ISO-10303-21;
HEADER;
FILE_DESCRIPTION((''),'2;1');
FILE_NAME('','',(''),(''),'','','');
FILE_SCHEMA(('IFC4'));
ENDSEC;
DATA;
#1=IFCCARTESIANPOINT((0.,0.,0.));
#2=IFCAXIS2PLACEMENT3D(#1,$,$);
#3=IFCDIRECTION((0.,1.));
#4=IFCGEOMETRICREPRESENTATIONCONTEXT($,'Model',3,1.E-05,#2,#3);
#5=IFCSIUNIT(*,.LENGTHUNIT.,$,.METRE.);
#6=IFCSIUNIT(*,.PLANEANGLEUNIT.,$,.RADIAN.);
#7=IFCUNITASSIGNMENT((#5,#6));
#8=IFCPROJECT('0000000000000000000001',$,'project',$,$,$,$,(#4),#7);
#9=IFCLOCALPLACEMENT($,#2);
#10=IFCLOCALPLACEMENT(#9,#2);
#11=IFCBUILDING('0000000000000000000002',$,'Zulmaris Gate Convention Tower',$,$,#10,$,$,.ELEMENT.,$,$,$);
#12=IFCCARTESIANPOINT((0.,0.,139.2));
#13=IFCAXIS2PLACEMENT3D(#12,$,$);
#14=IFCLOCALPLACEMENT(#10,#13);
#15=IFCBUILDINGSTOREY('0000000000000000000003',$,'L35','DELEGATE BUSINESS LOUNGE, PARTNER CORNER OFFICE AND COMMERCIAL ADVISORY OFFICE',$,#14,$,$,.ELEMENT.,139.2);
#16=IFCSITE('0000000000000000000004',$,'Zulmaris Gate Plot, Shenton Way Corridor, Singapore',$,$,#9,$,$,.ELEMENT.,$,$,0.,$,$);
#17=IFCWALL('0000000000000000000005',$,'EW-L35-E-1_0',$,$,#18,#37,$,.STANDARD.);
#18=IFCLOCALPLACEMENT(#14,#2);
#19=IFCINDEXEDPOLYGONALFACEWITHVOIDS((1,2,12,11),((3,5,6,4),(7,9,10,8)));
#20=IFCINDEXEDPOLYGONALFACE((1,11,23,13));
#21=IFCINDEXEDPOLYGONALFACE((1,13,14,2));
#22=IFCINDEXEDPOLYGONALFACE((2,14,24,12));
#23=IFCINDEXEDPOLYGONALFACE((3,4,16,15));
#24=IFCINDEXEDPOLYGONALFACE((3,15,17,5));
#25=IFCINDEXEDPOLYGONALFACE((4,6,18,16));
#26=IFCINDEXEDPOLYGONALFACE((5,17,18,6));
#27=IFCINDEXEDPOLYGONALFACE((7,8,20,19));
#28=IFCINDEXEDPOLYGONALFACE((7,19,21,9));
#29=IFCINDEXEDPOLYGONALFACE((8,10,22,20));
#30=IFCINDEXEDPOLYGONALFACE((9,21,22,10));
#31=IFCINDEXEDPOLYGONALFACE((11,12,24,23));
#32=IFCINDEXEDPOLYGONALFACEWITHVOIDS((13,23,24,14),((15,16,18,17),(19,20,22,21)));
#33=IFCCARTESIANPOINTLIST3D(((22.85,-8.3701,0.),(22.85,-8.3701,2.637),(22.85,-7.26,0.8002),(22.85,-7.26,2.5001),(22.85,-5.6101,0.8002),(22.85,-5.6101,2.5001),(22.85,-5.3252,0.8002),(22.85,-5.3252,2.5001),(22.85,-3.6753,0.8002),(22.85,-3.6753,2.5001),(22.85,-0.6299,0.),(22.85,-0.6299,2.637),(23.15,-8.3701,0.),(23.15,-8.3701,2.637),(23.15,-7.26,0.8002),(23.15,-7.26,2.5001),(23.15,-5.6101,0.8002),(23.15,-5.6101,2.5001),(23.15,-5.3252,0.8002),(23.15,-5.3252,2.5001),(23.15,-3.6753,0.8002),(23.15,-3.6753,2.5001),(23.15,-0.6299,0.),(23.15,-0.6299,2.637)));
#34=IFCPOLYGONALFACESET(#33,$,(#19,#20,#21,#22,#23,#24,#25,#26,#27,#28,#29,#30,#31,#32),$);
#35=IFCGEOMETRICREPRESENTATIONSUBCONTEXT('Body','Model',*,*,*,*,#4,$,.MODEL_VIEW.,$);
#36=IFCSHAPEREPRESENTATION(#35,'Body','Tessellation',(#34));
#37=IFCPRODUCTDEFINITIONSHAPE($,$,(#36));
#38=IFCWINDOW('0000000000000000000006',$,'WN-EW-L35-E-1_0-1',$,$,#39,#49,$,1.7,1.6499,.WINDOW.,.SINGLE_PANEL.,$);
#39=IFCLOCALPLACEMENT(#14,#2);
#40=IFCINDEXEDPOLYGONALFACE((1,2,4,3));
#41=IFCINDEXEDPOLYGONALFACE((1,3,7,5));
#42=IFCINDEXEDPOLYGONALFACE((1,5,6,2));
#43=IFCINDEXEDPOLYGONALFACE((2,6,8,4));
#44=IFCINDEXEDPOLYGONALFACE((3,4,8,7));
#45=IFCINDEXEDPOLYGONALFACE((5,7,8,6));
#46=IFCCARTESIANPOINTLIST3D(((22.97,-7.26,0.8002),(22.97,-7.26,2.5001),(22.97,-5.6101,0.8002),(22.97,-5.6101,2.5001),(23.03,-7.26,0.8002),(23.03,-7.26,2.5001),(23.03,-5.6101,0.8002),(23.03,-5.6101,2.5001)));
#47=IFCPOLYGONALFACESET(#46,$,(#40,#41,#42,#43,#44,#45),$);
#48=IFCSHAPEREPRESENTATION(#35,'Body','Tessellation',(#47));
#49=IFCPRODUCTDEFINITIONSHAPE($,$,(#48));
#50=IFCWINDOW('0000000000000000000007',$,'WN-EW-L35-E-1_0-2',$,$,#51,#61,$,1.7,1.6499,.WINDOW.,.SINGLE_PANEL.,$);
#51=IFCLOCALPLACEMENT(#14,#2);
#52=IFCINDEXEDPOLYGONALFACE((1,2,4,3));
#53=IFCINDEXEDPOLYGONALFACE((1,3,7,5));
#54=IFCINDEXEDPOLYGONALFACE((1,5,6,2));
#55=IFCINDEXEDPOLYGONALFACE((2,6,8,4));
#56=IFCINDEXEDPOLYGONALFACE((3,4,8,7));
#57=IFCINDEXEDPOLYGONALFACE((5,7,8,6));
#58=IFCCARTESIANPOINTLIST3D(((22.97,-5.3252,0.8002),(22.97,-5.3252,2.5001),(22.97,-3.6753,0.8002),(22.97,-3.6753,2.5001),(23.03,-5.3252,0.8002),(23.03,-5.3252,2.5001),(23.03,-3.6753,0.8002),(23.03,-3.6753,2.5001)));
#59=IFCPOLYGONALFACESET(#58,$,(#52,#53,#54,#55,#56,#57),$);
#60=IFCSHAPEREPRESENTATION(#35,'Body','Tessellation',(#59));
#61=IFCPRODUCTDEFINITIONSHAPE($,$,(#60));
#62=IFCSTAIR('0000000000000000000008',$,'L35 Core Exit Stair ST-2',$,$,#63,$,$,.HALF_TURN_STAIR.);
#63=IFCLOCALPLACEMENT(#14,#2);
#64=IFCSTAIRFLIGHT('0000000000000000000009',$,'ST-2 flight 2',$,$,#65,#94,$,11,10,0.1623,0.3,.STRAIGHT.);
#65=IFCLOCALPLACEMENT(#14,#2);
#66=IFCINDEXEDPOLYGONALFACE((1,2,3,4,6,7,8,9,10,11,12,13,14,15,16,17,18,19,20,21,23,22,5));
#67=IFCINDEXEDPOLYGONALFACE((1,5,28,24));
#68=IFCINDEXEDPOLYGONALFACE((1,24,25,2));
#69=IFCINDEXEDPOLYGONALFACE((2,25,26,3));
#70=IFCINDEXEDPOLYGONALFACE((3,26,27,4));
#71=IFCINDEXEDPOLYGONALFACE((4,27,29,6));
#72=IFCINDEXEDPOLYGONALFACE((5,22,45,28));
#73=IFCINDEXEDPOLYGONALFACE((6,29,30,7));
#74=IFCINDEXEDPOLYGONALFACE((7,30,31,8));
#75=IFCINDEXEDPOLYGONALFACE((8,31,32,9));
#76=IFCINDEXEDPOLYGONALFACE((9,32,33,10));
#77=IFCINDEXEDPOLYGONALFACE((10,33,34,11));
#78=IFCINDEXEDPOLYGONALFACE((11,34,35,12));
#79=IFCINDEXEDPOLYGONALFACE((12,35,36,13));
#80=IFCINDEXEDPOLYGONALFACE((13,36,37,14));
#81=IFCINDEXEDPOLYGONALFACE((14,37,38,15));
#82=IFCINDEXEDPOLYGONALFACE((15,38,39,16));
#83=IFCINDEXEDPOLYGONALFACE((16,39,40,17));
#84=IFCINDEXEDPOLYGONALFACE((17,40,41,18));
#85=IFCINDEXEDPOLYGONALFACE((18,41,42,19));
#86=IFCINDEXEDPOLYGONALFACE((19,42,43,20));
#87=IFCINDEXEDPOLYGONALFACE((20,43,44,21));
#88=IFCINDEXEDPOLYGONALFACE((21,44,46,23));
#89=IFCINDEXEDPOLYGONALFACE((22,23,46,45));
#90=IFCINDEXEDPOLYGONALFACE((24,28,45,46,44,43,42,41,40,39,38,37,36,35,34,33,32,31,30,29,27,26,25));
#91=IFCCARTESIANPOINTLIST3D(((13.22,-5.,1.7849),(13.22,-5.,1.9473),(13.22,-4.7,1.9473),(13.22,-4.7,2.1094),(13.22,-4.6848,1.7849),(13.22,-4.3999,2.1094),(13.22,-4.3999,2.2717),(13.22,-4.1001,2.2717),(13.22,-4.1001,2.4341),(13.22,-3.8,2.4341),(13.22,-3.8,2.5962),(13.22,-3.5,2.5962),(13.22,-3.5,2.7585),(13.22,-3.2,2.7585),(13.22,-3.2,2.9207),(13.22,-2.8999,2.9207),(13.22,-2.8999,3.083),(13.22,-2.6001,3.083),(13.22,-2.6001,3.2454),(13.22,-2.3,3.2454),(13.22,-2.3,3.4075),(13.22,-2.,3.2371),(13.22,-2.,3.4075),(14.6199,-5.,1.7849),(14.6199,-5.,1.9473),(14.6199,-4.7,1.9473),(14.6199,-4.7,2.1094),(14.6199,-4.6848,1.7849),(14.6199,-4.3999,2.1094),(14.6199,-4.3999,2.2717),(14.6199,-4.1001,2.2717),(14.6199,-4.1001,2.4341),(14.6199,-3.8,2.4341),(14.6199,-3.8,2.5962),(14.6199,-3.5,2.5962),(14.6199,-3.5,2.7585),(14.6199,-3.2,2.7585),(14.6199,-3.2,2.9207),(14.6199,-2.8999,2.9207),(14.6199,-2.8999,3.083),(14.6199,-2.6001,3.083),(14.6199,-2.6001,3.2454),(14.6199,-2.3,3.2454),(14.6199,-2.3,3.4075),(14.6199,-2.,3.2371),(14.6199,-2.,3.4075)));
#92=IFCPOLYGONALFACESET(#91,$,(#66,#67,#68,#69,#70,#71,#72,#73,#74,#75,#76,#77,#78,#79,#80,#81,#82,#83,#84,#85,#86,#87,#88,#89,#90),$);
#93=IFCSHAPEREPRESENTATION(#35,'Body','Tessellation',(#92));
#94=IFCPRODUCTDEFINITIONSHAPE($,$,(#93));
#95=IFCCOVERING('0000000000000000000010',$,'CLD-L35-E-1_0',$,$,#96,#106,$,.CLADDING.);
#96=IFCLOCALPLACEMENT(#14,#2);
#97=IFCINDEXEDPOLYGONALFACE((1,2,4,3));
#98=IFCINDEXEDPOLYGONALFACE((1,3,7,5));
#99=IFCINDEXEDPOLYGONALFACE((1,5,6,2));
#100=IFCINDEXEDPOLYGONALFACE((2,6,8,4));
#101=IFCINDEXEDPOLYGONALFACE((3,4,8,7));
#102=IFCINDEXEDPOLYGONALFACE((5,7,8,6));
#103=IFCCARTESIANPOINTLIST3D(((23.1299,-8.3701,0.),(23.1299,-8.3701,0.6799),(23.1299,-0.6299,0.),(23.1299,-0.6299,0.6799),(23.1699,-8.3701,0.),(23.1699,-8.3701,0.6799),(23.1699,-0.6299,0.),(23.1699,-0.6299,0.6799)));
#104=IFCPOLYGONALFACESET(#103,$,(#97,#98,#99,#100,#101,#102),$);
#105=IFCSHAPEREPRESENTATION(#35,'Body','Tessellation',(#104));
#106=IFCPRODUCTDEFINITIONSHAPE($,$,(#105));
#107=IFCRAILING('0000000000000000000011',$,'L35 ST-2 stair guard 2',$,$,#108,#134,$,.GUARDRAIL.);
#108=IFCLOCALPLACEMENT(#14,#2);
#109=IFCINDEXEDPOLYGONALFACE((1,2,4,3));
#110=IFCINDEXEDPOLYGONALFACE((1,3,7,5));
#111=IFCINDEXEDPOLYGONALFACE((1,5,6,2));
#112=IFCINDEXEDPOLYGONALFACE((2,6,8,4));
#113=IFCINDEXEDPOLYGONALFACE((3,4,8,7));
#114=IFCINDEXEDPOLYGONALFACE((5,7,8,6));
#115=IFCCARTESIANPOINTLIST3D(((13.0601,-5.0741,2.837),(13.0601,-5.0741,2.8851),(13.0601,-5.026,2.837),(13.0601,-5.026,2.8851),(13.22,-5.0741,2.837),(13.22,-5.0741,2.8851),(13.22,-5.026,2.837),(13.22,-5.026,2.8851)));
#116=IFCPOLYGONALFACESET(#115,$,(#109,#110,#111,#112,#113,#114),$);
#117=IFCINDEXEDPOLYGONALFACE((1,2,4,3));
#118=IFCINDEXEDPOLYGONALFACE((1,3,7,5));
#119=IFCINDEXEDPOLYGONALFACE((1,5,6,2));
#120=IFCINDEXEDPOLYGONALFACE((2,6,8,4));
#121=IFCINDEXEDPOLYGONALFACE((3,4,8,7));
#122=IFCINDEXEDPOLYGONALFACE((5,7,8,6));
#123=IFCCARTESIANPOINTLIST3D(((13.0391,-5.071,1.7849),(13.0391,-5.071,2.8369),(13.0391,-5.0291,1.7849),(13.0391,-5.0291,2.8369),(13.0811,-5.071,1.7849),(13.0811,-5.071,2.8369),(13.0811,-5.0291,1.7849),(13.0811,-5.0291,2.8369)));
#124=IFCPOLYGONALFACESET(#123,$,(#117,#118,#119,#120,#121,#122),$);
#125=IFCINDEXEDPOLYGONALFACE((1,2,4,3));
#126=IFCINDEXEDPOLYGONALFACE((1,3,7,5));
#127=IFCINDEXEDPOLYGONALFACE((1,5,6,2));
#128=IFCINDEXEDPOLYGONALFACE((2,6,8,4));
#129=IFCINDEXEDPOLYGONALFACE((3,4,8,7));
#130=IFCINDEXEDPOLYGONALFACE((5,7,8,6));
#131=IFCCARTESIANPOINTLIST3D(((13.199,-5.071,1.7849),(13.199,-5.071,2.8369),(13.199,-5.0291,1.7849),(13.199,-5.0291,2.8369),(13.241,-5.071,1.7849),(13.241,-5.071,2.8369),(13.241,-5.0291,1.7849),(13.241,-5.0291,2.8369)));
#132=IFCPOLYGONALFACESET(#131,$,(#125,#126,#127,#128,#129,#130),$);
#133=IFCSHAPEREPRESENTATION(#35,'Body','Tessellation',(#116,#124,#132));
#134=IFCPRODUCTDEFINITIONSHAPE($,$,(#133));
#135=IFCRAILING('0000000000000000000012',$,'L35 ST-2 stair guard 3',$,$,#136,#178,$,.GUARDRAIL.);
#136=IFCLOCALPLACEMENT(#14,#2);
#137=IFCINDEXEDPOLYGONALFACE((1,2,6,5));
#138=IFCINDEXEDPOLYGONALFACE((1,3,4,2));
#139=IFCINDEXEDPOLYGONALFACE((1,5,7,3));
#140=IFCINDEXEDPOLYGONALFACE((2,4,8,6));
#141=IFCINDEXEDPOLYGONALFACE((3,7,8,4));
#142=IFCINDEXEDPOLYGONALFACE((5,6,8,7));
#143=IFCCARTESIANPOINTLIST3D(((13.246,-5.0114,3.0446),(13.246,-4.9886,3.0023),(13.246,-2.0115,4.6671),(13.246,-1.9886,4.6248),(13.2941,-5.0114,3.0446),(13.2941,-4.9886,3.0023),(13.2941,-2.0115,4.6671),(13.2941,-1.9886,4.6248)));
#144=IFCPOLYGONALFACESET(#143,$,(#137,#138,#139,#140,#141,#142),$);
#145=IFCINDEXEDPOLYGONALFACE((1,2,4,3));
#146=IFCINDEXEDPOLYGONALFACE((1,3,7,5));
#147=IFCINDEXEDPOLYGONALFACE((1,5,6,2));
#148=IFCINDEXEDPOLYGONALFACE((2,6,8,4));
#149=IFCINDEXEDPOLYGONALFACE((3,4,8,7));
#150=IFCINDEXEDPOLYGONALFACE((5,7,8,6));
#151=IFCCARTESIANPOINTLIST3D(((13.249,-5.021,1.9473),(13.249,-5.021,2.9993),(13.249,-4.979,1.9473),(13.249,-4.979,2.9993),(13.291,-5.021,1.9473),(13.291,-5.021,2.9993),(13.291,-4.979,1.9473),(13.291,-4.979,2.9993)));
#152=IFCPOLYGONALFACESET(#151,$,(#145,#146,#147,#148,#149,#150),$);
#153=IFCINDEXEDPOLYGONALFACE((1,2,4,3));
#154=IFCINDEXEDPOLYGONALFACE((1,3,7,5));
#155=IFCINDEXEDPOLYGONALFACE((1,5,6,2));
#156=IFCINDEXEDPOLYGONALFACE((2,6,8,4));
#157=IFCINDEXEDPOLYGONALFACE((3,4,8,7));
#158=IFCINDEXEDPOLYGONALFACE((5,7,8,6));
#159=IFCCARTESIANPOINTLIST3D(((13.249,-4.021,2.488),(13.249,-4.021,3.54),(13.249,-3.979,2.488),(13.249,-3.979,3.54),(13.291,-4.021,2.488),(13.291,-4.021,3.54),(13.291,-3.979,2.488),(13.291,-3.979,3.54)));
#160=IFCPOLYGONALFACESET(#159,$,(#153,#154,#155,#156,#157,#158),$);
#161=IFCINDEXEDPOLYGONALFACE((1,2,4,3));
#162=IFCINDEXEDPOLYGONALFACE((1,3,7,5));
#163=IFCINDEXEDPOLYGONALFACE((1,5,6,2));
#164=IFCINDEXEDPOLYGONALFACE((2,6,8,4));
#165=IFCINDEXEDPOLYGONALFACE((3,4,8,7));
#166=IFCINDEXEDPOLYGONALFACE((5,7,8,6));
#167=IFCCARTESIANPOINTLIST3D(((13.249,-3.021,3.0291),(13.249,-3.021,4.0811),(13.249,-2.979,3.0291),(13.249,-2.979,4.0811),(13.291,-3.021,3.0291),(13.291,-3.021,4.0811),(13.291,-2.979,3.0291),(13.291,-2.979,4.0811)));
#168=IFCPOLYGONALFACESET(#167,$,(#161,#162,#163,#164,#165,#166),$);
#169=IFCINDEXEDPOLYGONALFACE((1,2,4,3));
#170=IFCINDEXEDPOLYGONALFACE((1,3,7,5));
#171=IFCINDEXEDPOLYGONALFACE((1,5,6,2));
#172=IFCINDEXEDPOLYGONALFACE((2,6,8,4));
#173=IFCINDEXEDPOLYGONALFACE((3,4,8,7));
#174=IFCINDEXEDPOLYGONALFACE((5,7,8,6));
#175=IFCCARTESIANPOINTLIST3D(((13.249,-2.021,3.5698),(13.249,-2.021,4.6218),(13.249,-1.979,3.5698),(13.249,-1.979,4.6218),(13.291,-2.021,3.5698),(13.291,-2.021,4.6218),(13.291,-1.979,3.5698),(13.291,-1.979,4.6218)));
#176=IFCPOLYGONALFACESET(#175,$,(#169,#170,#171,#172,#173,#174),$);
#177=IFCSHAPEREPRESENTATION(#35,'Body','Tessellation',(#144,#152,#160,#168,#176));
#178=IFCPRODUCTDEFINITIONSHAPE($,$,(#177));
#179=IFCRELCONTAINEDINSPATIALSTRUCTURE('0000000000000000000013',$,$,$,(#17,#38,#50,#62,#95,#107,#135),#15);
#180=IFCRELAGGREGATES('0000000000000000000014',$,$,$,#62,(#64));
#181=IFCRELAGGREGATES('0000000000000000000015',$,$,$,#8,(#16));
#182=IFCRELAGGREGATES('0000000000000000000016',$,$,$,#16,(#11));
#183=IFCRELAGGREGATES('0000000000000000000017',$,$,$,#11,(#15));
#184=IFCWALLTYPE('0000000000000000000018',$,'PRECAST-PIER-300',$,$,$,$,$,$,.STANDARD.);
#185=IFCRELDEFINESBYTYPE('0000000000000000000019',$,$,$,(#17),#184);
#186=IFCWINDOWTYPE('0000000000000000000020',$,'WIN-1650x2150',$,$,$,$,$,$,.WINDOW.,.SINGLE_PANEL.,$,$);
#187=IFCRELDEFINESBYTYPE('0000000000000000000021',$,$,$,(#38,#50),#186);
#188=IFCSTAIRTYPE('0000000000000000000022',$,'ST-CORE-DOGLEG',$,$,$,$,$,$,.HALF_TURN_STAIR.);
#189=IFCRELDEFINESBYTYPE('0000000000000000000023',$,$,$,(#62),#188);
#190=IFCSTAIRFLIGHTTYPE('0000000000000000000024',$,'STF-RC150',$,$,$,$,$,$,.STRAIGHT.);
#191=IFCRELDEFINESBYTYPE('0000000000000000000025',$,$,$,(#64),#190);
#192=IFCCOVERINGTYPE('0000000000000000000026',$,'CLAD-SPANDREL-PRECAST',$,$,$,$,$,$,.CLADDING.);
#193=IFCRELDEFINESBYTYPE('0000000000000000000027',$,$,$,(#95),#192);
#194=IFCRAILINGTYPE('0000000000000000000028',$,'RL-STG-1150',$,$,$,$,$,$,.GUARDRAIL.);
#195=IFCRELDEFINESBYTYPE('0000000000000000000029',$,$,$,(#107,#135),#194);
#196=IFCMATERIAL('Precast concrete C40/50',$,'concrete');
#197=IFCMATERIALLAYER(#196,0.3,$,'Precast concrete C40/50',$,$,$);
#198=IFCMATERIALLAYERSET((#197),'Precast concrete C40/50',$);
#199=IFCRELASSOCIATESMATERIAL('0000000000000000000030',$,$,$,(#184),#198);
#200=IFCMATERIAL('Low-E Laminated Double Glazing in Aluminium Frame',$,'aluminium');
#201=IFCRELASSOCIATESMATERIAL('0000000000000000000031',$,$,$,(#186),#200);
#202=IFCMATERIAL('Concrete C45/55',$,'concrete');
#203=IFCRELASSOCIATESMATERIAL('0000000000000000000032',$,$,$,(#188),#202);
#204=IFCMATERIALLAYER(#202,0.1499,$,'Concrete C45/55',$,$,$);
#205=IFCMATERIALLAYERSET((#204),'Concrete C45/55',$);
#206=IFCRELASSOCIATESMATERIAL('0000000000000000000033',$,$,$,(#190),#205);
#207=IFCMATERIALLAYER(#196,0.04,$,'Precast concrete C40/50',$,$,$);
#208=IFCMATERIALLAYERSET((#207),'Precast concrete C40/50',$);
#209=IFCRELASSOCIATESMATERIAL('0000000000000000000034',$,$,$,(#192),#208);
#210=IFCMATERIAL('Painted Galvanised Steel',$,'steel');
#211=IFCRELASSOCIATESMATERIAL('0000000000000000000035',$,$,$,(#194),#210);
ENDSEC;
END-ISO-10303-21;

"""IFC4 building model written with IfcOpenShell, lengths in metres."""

from ifc_helpers import new_model, si_unit, direction, frame, frame_2d, origin, origin_2d, place, context, subcontext, project, spatial, polyline, rectangle, outline, extrude, material, layer, layer_set, type_object, element, fill, aggregate, save


model = new_model("IFC4")

# Units and contexts
model_context = context("Model", 3, precision=1e-05, world=origin(), true_north=direction((0.0, 1.0)))
body_context = subcontext(model_context, "Body", "Model", "MODEL_VIEW")
ifc_project = project(units=[si_unit("LENGTHUNIT", "METRE"), si_unit("PLANEANGLEUNIT", "RADIAN")], contexts=[model_context])

# Site, building, storey
site_placement = place(None, origin())
site = spatial("IfcSite", under=ifc_project, at=site_placement, Name="Zulmaris Gate Plot, Shenton Way Corridor, Singapore", CompositionType="ELEMENT", RefElevation=0.0)
building_placement = place(site_placement, origin())
building = spatial("IfcBuilding", under=site, at=building_placement, Name="Zulmaris Gate Convention Tower", CompositionType="ELEMENT")
storey_placement = place(building_placement, frame((0.0, 0.0, 139.2)))
storey = spatial("IfcBuildingStorey", under=building, at=storey_placement, Name="L35", Description="DELEGATE BUSINESS LOUNGE, PARTNER CORNER OFFICE AND COMMERCIAL ADVISORY OFFICE", CompositionType="ELEMENT", Elevation=139.2)

# Wall, openings, windows
ifc_material_1 = material(Name="Precast concrete C40/50", Category="concrete")
ifc_layer_1 = layer(ifc_material_1, 0.3, Name="Precast concrete C40/50")
ifc_layer_set_1 = layer_set([ifc_layer_1], Name="Precast concrete C40/50")
wall_type_1 = type_object("IfcWallType", Name="PRECAST-PIER-300", PredefinedType="STANDARD", material=ifc_layer_set_1)
wall_1_placement = place(storey_placement, frame((23.0, -8.3701, 0.0), z_axis=(0.0, 0.0, 1.0), x_axis=(0.0, 1.0, 0.0)))
wall_1 = element("IfcWall", 1, at=wall_1_placement, inside=storey, type_object=wall_type_1, Name="EW-L35-E-1_0", PredefinedType="STANDARD", context=body_context, shape_type="SweptSolid", body=[
    extrude(rectangle(XDim=7.7402, YDim=0.3, at=frame_2d((3.8701, 0.0))), origin(), (0.0, 0.0, 1.0), 2.637),
])
opening_1_placement = place(wall_1_placement, frame((1.1101, 0.0, 0.8)))
opening_1 = element("IfcOpeningElement", 2, at=opening_1_placement, cuts=wall_1, PredefinedType="OPENING", context=body_context, shape_type="SweptSolid", body=[
    extrude(rectangle(XDim=1.6499, YDim=1.7, at=frame_2d((0.825, 0.8501))), frame((0.0, 0.1602, 0.0), z_axis=(0.0, -1.0, 0.0), x_axis=(1.0, 0.0, 0.0)), (0.0, 0.0, 1.0), 0.3201),
])
opening_2_placement = place(wall_1_placement, frame((3.0449, 0.0, 0.8)))
opening_2 = element("IfcOpeningElement", 3, at=opening_2_placement, cuts=wall_1, PredefinedType="OPENING", context=body_context, shape_type="SweptSolid", body=[
    extrude(rectangle(XDim=1.6499, YDim=1.7, at=frame_2d((0.825, 0.8501))), frame((0.0, 0.1602, 0.0), z_axis=(0.0, -1.0, 0.0), x_axis=(1.0, 0.0, 0.0)), (0.0, 0.0, 1.0), 0.3201),
])
ifc_material_2 = material(Name="Low-E Laminated Double Glazing in Aluminium Frame", Category="aluminium")
window_type = type_object("IfcWindowType", Name="WIN-1650x2150", PartitioningType="SINGLE_PANEL", PredefinedType="WINDOW", material=ifc_material_2)
window_1_placement = place(opening_1_placement, origin())
window_1 = element("IfcWindow", 4, at=window_1_placement, inside=storey, type_object=window_type, Name="WN-EW-L35-E-1_0-1", OverallHeight=1.7, OverallWidth=1.6499, PartitioningType="SINGLE_PANEL", PredefinedType="WINDOW", context=body_context, shape_type="SweptSolid", body=[
    extrude(rectangle(XDim=1.6499, YDim=1.7, at=frame_2d((0.825, 0.8501))), frame((0.0, 0.03, 0.0), z_axis=(0.0, -1.0, 0.0), x_axis=(1.0, 0.0, 0.0)), (0.0, 0.0, 1.0), 0.0601),
])
fill(opening_1, window_1)
window_2_placement = place(opening_2_placement, origin())
window_2 = element("IfcWindow", 5, at=window_2_placement, inside=storey, type_object=window_type, Name="WN-EW-L35-E-1_0-2", OverallHeight=1.7, OverallWidth=1.6499, PartitioningType="SINGLE_PANEL", PredefinedType="WINDOW", context=body_context, shape_type="SweptSolid", body=[
    extrude(rectangle(XDim=1.6499, YDim=1.7, at=frame_2d((0.825, 0.8501))), frame((0.0, 0.03, 0.0), z_axis=(0.0, -1.0, 0.0), x_axis=(1.0, 0.0, 0.0)), (0.0, 0.0, 1.0), 0.0601),
])
fill(opening_2, window_2)

# Stair, stair flight
ifc_material_3 = material(Name="Concrete C45/55", Category="concrete")
stair_type = type_object("IfcStairType", Name="ST-CORE-DOGLEG", PredefinedType="HALF_TURN_STAIR", material=ifc_material_3)
stair_placement = place(storey_placement, origin())
stair = element("IfcStair", 6, at=stair_placement, inside=storey, type_object=stair_type, Name="L35 Core Exit Stair ST-2", PredefinedType="HALF_TURN_STAIR")
ifc_layer_2 = layer(ifc_material_3, 0.1499, Name="Concrete C45/55")
ifc_layer_set_2 = layer_set([ifc_layer_2], Name="Concrete C45/55")
stair_flight_type = type_object("IfcStairFlightType", Name="STF-RC150", PredefinedType="STRAIGHT", material=ifc_layer_set_2)
stair_flight_placement = place(storey_placement, frame((13.9199, -5.0, 1.7849), z_axis=(0.0, 0.0, 1.0), x_axis=(0.0, 1.0, 0.0)))
stair_flight = element("IfcStairFlight", 7, at=stair_flight_placement, type_object=stair_flight_type, Name="ST-2 flight 2", NumberOfRisers=11, NumberOfTreads=10, PredefinedType="STRAIGHT", RiserHeight=0.1623, TreadLength=0.3, context=body_context, shape_type="SweptSolid", body=[
    extrude(outline(polyline([(0.0, 0.0), (0.0, 0.1624), (0.3, 0.1624), (0.3, 0.3245), (0.6001, 0.3245), (0.6001, 0.4868), (0.8999, 0.4868), (0.8999, 0.6492), (1.2, 0.6492), (1.2, 0.8113), (1.5, 0.8113), (1.5, 0.9736), (1.8, 0.9736), (1.8, 1.1357), (2.1001, 1.1357), (2.1001, 1.2981), (2.3999, 1.2981), (2.3999, 1.4604), (2.7, 1.4604), (2.7, 1.6226), (3.0, 1.6226), (3.0, 1.7849), (3.0, 1.4521), (0.3152, 0.0), (0.0, 0.0)])), frame((0.0, 0.7, 0.0), z_axis=(0.0, -1.0, 0.0), x_axis=(1.0, 0.0, 0.0)), (0.0, 0.0, 1.0), 1.3999),
])
aggregate(stair, [stair_flight])

# Covering
ifc_layer_3 = layer(ifc_material_1, 0.04, Name="Precast concrete C40/50")
ifc_layer_set_3 = layer_set([ifc_layer_3], Name="Precast concrete C40/50")
covering_type = type_object("IfcCoveringType", Name="CLAD-SPANDREL-PRECAST", PredefinedType="CLADDING", material=ifc_layer_set_3)
covering_placement = place(storey_placement, frame((23.1499, -8.3701, 0.0), z_axis=(0.0, 0.0, 1.0), x_axis=(0.0, 1.0, 0.0)))
element("IfcCovering", 8, at=covering_placement, inside=storey, type_object=covering_type, Name="CLD-L35-E-1_0", PredefinedType="CLADDING", context=body_context, shape_type="SweptSolid", body=[
    extrude(rectangle(XDim=7.7402, YDim=0.04, at=frame_2d((3.8701, 0.0))), origin(), (0.0, 0.0, 1.0), 0.6799),
])

# Railings
ifc_material_4 = material(Name="Painted Galvanised Steel", Category="steel")
railing_type_1 = type_object("IfcRailingType", Name="RL-STG-1150", PredefinedType="GUARDRAIL", material=ifc_material_4)
railing_1_placement = place(storey_placement, frame((13.0601, -5.05, 1.7849)))
element("IfcRailing", 9, at=railing_1_placement, inside=storey, type_object=railing_type_1, Name="L35 ST-2 stair guard 2", PredefinedType="GUARDRAIL", context=body_context, shape_type="SweptSolid", body=[
    extrude(rectangle(XDim=0.0481, YDim=0.0481, at=origin_2d()), frame((0.0, 0.0, 1.0762), z_axis=(1.0, 0.0, 0.0), x_axis=(0.0, 1.0, 0.0)), (0.0, 0.0, 1.0), 0.1599),
    extrude(rectangle(XDim=0.042, YDim=0.042, at=origin_2d()), origin(), (0.0, 0.0, 1.0), 1.052),
    extrude(rectangle(XDim=0.042, YDim=0.042, at=origin_2d()), frame((0.1599, 0.0, 0.0)), (0.0, 0.0, 1.0), 1.052),
])
railing_2_placement = place(storey_placement, frame((13.27, -5.0, 1.9473)))
element("IfcRailing", 10, at=railing_2_placement, inside=storey, type_object=railing_type_1, Name="L35 ST-2 stair guard 3", PredefinedType="GUARDRAIL", context=body_context, shape_type="SweptSolid", body=[
    extrude(rectangle(XDim=0.0481, YDim=0.0481, at=origin_2d()), frame((0.0, 0.0, 1.0762), z_axis=(0.0, 0.879592, 0.47573), x_axis=(-1.0, 0.0, 0.0)), (0.0, 0.0, 1.0), 3.4106),
    extrude(rectangle(XDim=0.042, YDim=0.042, at=origin_2d()), origin(), (0.0, 0.0, 1.0), 1.052),
    extrude(rectangle(XDim=0.042, YDim=0.042, at=origin_2d()), frame((0.0, 1.0, 0.5408)), (0.0, 0.0, 1.0), 1.052),
    extrude(rectangle(XDim=0.042, YDim=0.042, at=origin_2d()), frame((0.0, 2.0, 1.0818)), (0.0, 0.0, 1.0), 1.052),
    extrude(rectangle(XDim=0.042, YDim=0.042, at=origin_2d()), frame((0.0, 3.0, 1.6226)), (0.0, 0.0, 1.0), 1.052),
])

save(model, "model.ifc")
